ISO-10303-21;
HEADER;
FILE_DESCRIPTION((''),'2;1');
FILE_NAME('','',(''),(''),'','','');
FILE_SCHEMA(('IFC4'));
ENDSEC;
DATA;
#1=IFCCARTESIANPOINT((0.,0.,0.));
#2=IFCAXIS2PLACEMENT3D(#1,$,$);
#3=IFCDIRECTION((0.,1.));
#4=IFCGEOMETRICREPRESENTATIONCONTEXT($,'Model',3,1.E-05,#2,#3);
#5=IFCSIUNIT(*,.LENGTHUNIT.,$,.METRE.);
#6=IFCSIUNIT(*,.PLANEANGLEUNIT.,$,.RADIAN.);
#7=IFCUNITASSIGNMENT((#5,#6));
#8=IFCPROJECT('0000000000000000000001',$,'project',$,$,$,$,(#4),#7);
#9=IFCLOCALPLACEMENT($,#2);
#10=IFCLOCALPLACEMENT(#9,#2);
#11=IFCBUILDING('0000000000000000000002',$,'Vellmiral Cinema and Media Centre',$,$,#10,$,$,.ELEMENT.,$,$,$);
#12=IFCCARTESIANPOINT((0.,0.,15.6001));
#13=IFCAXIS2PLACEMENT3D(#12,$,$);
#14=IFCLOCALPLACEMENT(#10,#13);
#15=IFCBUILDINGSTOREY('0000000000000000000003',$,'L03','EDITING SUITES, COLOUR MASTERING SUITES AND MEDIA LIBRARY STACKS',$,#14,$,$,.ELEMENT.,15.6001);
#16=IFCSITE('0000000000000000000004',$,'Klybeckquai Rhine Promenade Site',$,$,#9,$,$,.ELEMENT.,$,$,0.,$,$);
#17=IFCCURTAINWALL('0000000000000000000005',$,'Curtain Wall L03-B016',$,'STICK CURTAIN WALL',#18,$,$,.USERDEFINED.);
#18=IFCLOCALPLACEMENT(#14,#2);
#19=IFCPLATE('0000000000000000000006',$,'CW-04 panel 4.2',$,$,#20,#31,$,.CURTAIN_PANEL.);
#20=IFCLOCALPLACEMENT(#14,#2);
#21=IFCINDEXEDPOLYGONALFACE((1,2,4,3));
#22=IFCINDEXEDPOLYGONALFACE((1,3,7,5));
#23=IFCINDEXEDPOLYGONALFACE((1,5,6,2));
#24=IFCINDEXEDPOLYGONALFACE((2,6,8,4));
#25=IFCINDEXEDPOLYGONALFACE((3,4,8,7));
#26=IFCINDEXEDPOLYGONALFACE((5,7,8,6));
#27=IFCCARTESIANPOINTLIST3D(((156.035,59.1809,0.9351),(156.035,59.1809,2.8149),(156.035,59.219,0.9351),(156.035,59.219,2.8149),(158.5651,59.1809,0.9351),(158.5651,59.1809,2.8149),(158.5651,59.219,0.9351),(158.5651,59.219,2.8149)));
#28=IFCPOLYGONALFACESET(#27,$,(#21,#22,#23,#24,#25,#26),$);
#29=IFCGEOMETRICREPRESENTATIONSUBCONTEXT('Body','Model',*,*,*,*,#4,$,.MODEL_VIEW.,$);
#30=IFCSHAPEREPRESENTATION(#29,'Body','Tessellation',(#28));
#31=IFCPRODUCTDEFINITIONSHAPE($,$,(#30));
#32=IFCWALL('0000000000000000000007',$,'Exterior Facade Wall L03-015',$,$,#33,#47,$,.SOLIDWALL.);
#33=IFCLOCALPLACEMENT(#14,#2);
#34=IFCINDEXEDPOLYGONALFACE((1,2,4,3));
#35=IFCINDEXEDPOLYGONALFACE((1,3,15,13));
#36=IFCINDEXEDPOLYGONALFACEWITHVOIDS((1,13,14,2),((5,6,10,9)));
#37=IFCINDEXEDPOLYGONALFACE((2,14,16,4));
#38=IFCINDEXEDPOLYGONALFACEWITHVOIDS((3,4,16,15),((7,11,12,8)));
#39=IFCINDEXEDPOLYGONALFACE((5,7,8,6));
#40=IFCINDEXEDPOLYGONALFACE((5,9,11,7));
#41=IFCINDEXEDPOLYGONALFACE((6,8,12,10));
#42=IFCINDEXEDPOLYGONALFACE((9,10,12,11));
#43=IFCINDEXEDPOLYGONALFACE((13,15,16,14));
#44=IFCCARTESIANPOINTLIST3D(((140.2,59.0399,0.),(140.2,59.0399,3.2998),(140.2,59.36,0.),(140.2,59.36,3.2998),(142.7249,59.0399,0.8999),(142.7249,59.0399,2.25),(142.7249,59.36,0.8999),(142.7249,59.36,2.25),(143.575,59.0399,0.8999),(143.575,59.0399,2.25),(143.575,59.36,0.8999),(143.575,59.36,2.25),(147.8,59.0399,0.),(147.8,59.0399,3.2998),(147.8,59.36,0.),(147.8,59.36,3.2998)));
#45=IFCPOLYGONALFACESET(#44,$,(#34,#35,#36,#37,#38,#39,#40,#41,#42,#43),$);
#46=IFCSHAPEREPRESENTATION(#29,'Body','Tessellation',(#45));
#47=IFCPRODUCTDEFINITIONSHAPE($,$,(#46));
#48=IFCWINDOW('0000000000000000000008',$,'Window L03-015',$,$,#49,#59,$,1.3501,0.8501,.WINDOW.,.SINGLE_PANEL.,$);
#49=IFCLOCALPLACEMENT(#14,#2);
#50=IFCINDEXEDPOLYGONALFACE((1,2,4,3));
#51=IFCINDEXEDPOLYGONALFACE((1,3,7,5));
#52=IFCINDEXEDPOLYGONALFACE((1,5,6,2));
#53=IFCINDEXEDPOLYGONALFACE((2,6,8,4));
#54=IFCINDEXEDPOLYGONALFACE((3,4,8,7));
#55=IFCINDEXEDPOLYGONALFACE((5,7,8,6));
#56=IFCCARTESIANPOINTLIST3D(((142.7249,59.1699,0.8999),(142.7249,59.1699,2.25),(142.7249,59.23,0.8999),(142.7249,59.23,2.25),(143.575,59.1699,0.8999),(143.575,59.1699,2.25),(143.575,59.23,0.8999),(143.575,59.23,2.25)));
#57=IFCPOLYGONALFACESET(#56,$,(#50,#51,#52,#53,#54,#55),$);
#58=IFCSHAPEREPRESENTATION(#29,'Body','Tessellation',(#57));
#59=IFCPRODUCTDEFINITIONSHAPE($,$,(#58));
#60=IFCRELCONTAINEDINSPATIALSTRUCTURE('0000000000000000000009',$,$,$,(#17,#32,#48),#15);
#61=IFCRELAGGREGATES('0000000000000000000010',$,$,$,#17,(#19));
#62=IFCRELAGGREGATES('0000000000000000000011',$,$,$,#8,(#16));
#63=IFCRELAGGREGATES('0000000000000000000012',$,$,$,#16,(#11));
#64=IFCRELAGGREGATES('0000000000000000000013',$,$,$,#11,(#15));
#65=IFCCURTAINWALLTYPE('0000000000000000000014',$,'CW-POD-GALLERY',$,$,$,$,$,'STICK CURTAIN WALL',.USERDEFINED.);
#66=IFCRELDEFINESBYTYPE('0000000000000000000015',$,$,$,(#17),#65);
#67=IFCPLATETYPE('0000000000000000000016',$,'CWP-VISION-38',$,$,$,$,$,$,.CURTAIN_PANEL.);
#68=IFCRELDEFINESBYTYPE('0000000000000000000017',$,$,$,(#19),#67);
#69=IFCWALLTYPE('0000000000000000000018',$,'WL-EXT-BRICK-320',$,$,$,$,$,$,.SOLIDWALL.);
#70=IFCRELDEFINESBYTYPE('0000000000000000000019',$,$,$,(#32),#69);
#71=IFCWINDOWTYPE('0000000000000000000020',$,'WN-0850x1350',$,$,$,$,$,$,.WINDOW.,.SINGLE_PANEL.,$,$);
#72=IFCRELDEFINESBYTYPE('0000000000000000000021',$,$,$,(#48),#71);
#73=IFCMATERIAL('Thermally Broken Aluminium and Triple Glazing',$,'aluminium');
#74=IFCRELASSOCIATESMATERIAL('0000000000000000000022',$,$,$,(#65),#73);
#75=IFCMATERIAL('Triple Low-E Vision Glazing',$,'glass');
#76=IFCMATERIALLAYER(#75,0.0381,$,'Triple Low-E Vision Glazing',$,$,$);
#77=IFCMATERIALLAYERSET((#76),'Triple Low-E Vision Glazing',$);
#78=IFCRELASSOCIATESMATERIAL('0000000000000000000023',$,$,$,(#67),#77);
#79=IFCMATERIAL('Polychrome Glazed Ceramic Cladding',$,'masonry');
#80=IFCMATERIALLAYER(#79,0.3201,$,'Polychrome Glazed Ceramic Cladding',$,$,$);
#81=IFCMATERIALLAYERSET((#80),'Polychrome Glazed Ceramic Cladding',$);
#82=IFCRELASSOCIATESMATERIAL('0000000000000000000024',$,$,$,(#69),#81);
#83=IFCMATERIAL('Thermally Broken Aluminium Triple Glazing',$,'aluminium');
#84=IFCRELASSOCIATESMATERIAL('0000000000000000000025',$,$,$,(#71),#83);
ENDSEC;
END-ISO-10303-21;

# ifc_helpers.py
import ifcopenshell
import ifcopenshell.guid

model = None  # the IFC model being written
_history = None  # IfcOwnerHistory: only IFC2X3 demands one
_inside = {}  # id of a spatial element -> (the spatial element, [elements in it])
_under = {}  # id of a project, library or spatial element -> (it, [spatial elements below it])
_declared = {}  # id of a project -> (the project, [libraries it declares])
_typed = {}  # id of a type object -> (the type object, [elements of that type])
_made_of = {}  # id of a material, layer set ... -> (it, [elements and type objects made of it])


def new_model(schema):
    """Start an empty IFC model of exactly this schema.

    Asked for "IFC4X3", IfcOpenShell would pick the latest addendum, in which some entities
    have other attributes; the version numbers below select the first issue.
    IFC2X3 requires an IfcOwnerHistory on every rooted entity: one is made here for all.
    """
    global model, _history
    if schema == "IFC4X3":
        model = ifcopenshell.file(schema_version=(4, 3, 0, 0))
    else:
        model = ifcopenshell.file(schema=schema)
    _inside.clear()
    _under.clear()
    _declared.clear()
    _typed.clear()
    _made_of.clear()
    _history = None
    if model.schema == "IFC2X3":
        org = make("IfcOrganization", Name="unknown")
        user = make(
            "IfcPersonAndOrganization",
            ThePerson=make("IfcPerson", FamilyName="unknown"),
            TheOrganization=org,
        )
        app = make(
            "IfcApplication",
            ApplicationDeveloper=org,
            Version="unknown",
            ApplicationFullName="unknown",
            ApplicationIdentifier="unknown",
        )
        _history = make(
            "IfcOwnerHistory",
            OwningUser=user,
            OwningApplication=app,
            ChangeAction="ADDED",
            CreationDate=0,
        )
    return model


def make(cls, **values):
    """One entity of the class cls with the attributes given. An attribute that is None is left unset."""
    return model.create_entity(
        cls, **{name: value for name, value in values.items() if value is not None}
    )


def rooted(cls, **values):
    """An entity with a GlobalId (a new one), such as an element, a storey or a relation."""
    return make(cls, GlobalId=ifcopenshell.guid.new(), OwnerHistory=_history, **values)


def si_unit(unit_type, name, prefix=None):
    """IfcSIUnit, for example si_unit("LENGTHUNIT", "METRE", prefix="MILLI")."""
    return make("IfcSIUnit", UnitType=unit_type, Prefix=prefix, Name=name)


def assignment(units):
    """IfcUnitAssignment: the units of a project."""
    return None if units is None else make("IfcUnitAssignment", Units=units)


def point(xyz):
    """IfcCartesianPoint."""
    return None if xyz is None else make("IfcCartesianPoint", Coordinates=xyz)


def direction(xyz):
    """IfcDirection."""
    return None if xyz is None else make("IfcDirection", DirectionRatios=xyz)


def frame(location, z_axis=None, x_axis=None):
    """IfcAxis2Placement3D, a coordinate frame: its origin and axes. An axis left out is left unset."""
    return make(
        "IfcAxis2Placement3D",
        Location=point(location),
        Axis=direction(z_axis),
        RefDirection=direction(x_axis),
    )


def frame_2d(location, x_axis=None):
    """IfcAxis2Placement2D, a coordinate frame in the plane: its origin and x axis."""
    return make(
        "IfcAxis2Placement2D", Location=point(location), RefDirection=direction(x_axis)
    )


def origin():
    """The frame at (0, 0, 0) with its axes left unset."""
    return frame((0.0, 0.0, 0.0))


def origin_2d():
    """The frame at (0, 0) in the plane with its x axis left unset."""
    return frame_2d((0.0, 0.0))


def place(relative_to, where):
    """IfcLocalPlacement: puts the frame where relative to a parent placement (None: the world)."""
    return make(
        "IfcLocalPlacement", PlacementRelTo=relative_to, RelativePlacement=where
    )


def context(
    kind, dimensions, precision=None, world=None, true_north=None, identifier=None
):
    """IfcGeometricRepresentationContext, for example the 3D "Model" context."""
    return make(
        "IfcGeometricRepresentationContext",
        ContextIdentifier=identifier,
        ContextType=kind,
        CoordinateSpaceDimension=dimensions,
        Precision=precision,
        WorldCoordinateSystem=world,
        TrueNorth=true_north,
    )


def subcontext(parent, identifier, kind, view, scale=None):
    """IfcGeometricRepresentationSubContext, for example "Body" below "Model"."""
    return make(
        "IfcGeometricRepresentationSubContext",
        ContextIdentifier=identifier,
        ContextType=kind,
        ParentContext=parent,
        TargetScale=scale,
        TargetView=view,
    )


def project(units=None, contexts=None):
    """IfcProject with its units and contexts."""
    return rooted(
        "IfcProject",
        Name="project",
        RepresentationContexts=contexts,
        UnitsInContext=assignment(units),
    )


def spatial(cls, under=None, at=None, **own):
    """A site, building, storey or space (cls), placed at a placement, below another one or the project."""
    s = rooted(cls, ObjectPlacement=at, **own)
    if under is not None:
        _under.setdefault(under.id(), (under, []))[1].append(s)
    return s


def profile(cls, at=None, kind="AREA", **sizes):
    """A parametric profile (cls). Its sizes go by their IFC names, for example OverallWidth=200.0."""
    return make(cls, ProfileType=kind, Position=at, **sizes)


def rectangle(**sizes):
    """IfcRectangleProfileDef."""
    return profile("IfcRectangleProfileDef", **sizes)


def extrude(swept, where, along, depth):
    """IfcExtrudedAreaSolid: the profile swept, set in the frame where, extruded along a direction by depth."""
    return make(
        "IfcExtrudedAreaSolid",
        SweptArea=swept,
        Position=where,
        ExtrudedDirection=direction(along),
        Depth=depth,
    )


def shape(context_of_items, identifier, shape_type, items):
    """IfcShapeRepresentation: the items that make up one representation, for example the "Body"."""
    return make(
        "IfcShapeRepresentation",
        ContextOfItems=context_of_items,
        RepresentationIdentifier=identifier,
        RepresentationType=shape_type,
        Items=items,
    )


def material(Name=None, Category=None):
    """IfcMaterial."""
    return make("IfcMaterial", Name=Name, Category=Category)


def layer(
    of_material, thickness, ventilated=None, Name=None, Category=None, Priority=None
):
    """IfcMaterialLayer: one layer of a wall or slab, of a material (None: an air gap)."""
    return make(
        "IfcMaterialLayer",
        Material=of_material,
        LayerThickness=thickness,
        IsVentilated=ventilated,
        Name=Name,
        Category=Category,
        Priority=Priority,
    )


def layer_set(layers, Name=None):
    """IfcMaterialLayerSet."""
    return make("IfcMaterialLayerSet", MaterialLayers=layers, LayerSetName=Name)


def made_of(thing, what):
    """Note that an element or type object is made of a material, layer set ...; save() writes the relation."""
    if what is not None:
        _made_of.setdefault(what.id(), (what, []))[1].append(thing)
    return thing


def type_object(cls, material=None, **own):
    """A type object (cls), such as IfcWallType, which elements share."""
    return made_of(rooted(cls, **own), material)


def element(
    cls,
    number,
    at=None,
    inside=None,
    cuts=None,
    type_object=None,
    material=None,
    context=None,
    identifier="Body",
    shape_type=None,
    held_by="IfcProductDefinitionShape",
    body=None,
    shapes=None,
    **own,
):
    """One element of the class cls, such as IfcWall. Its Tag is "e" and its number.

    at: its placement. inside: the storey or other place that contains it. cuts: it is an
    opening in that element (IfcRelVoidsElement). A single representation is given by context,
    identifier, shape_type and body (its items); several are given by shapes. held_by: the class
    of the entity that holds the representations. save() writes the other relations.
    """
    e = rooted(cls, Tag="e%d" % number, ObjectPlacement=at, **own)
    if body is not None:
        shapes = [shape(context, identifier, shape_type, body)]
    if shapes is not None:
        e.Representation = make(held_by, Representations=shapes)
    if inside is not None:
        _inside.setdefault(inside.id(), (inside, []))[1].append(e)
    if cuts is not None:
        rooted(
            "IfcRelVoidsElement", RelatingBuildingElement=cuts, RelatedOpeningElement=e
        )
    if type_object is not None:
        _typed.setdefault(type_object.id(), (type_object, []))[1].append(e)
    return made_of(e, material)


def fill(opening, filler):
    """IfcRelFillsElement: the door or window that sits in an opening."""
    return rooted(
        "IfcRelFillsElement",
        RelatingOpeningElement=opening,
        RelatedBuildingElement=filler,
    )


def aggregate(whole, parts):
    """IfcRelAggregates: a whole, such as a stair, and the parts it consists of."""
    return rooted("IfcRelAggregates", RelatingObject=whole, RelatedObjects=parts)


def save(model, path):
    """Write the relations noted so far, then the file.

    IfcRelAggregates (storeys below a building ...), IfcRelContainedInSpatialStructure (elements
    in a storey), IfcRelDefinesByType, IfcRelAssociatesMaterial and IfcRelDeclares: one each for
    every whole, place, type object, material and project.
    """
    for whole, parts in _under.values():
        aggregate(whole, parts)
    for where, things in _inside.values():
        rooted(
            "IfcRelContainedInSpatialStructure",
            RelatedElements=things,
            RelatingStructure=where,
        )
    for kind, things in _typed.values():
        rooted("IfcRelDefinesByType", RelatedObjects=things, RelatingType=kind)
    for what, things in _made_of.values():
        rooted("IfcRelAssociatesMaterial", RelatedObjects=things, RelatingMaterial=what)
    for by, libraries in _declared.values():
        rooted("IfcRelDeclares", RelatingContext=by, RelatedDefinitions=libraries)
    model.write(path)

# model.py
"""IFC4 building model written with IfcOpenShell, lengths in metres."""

from ifc_helpers import new_model, si_unit, direction, frame, frame_2d, origin, origin_2d, place, context, subcontext, project, spatial, rectangle, extrude, material, layer, layer_set, type_object, element, fill, aggregate, save


model = new_model("IFC4")

# Units and contexts
model_context = context("Model", 3, precision=1e-05, world=origin(), true_north=direction((0.0, 1.0)))
body_context = subcontext(model_context, "Body", "Model", "MODEL_VIEW")
ifc_project = project(units=[si_unit("LENGTHUNIT", "METRE"), si_unit("PLANEANGLEUNIT", "RADIAN")], contexts=[model_context])

# Site, building, storey
site_placement = place(None, origin())
site = spatial("IfcSite", under=ifc_project, at=site_placement, Name="Klybeckquai Rhine Promenade Site", CompositionType="ELEMENT", RefElevation=0.0)
building_placement = place(site_placement, origin())
building = spatial("IfcBuilding", under=site, at=building_placement, Name="Vellmiral Cinema and Media Centre", CompositionType="ELEMENT")
storey_placement = place(building_placement, frame((0.0, 0.0, 15.6001)))
storey = spatial("IfcBuildingStorey", under=building, at=storey_placement, Name="L03", Description="EDITING SUITES, COLOUR MASTERING SUITES AND MEDIA LIBRARY STACKS", CompositionType="ELEMENT", Elevation=15.6001)

# Curtain wall
ifc_material_1 = material(Name="Thermally Broken Aluminium and Triple Glazing", Category="aluminium")
curtain_wall_type = type_object("IfcCurtainWallType", Name="CW-POD-GALLERY", ElementType="STICK CURTAIN WALL", PredefinedType="USERDEFINED", material=ifc_material_1)
curtain_wall_placement = place(storey_placement, origin())
curtain_wall = element("IfcCurtainWall", 1, at=curtain_wall_placement, inside=storey, type_object=curtain_wall_type, Name="Curtain Wall L03-B016", ObjectType="STICK CURTAIN WALL", PredefinedType="USERDEFINED")

# Plate
ifc_material_2 = material(Name="Triple Low-E Vision Glazing", Category="glass")
ifc_layer_1 = layer(ifc_material_2, 0.0381, Name="Triple Low-E Vision Glazing")
ifc_layer_set_1 = layer_set([ifc_layer_1], Name="Triple Low-E Vision Glazing")
plate_type_1 = type_object("IfcPlateType", Name="CWP-VISION-38", PredefinedType="CURTAIN_PANEL", material=ifc_layer_set_1)
plate_1_placement = place(storey_placement, frame((157.3, 59.2, 0.9351), z_axis=(0.0, 0.0, 1.0), x_axis=(1.0, 0.0, 0.0)))
plate_1 = element("IfcPlate", 2, at=plate_1_placement, type_object=plate_type_1, Name="CW-04 panel 4.2", PredefinedType="CURTAIN_PANEL", context=body_context, shape_type="SweptSolid", body=[
    extrude(rectangle(XDim=2.53, YDim=0.0381, at=origin_2d()), origin(), (0.0, 0.0, 1.0), 1.8799),
])
aggregate(curtain_wall, [plate_1])

# Wall, opening, window
ifc_material_3 = material(Name="Polychrome Glazed Ceramic Cladding", Category="masonry")
ifc_layer_2 = layer(ifc_material_3, 0.3201, Name="Polychrome Glazed Ceramic Cladding")
ifc_layer_set_2 = layer_set([ifc_layer_2], Name="Polychrome Glazed Ceramic Cladding")
wall_type = type_object("IfcWallType", Name="WL-EXT-BRICK-320", PredefinedType="SOLIDWALL", material=ifc_layer_set_2)
wall_placement = place(storey_placement, frame((140.2, 59.2, 0.0), z_axis=(0.0, 0.0, 1.0), x_axis=(1.0, 0.0, 0.0)))
wall = element("IfcWall", 3, at=wall_placement, inside=storey, type_object=wall_type, Name="Exterior Facade Wall L03-015", PredefinedType="SOLIDWALL", context=body_context, shape_type="SweptSolid", body=[
    extrude(rectangle(XDim=7.6001, YDim=0.3201, at=frame_2d((3.8, 0.0))), origin(), (0.0, 0.0, 1.0), 3.2998),
])
opening_placement = place(wall_placement, frame((2.5249, 0.0, 0.8999)))
opening = element("IfcOpeningElement", 4, at=opening_placement, cuts=wall, PredefinedType="OPENING", context=body_context, shape_type="SweptSolid", body=[
    extrude(rectangle(XDim=0.8501, YDim=1.3501, at=frame_2d((0.425, 0.675))), frame((0.0, 0.1719, 0.0), z_axis=(0.0, -1.0, 0.0), x_axis=(1.0, 0.0, 0.0)), (0.0, 0.0, 1.0), 0.344),
])
ifc_material_4 = material(Name="Thermally Broken Aluminium Triple Glazing", Category="aluminium")
window_type = type_object("IfcWindowType", Name="WN-0850x1350", PartitioningType="SINGLE_PANEL", PredefinedType="WINDOW", material=ifc_material_4)
window_placement = place(opening_placement, origin())
window = element("IfcWindow", 5, at=window_placement, inside=storey, type_object=window_type, Name="Window L03-015", OverallHeight=1.3501, OverallWidth=0.8501, PartitioningType="SINGLE_PANEL", PredefinedType="WINDOW", context=body_context, shape_type="SweptSolid", body=[
    extrude(rectangle(XDim=0.8501, YDim=1.3501, at=frame_2d((0.425, 0.675))), frame((0.0, 0.03, 0.0), z_axis=(0.0, -1.0, 0.0), x_axis=(1.0, 0.0, 0.0)), (0.0, 0.0, 1.0), 0.0601),
])
fill(opening, window)

save(model, "model.ifc")
